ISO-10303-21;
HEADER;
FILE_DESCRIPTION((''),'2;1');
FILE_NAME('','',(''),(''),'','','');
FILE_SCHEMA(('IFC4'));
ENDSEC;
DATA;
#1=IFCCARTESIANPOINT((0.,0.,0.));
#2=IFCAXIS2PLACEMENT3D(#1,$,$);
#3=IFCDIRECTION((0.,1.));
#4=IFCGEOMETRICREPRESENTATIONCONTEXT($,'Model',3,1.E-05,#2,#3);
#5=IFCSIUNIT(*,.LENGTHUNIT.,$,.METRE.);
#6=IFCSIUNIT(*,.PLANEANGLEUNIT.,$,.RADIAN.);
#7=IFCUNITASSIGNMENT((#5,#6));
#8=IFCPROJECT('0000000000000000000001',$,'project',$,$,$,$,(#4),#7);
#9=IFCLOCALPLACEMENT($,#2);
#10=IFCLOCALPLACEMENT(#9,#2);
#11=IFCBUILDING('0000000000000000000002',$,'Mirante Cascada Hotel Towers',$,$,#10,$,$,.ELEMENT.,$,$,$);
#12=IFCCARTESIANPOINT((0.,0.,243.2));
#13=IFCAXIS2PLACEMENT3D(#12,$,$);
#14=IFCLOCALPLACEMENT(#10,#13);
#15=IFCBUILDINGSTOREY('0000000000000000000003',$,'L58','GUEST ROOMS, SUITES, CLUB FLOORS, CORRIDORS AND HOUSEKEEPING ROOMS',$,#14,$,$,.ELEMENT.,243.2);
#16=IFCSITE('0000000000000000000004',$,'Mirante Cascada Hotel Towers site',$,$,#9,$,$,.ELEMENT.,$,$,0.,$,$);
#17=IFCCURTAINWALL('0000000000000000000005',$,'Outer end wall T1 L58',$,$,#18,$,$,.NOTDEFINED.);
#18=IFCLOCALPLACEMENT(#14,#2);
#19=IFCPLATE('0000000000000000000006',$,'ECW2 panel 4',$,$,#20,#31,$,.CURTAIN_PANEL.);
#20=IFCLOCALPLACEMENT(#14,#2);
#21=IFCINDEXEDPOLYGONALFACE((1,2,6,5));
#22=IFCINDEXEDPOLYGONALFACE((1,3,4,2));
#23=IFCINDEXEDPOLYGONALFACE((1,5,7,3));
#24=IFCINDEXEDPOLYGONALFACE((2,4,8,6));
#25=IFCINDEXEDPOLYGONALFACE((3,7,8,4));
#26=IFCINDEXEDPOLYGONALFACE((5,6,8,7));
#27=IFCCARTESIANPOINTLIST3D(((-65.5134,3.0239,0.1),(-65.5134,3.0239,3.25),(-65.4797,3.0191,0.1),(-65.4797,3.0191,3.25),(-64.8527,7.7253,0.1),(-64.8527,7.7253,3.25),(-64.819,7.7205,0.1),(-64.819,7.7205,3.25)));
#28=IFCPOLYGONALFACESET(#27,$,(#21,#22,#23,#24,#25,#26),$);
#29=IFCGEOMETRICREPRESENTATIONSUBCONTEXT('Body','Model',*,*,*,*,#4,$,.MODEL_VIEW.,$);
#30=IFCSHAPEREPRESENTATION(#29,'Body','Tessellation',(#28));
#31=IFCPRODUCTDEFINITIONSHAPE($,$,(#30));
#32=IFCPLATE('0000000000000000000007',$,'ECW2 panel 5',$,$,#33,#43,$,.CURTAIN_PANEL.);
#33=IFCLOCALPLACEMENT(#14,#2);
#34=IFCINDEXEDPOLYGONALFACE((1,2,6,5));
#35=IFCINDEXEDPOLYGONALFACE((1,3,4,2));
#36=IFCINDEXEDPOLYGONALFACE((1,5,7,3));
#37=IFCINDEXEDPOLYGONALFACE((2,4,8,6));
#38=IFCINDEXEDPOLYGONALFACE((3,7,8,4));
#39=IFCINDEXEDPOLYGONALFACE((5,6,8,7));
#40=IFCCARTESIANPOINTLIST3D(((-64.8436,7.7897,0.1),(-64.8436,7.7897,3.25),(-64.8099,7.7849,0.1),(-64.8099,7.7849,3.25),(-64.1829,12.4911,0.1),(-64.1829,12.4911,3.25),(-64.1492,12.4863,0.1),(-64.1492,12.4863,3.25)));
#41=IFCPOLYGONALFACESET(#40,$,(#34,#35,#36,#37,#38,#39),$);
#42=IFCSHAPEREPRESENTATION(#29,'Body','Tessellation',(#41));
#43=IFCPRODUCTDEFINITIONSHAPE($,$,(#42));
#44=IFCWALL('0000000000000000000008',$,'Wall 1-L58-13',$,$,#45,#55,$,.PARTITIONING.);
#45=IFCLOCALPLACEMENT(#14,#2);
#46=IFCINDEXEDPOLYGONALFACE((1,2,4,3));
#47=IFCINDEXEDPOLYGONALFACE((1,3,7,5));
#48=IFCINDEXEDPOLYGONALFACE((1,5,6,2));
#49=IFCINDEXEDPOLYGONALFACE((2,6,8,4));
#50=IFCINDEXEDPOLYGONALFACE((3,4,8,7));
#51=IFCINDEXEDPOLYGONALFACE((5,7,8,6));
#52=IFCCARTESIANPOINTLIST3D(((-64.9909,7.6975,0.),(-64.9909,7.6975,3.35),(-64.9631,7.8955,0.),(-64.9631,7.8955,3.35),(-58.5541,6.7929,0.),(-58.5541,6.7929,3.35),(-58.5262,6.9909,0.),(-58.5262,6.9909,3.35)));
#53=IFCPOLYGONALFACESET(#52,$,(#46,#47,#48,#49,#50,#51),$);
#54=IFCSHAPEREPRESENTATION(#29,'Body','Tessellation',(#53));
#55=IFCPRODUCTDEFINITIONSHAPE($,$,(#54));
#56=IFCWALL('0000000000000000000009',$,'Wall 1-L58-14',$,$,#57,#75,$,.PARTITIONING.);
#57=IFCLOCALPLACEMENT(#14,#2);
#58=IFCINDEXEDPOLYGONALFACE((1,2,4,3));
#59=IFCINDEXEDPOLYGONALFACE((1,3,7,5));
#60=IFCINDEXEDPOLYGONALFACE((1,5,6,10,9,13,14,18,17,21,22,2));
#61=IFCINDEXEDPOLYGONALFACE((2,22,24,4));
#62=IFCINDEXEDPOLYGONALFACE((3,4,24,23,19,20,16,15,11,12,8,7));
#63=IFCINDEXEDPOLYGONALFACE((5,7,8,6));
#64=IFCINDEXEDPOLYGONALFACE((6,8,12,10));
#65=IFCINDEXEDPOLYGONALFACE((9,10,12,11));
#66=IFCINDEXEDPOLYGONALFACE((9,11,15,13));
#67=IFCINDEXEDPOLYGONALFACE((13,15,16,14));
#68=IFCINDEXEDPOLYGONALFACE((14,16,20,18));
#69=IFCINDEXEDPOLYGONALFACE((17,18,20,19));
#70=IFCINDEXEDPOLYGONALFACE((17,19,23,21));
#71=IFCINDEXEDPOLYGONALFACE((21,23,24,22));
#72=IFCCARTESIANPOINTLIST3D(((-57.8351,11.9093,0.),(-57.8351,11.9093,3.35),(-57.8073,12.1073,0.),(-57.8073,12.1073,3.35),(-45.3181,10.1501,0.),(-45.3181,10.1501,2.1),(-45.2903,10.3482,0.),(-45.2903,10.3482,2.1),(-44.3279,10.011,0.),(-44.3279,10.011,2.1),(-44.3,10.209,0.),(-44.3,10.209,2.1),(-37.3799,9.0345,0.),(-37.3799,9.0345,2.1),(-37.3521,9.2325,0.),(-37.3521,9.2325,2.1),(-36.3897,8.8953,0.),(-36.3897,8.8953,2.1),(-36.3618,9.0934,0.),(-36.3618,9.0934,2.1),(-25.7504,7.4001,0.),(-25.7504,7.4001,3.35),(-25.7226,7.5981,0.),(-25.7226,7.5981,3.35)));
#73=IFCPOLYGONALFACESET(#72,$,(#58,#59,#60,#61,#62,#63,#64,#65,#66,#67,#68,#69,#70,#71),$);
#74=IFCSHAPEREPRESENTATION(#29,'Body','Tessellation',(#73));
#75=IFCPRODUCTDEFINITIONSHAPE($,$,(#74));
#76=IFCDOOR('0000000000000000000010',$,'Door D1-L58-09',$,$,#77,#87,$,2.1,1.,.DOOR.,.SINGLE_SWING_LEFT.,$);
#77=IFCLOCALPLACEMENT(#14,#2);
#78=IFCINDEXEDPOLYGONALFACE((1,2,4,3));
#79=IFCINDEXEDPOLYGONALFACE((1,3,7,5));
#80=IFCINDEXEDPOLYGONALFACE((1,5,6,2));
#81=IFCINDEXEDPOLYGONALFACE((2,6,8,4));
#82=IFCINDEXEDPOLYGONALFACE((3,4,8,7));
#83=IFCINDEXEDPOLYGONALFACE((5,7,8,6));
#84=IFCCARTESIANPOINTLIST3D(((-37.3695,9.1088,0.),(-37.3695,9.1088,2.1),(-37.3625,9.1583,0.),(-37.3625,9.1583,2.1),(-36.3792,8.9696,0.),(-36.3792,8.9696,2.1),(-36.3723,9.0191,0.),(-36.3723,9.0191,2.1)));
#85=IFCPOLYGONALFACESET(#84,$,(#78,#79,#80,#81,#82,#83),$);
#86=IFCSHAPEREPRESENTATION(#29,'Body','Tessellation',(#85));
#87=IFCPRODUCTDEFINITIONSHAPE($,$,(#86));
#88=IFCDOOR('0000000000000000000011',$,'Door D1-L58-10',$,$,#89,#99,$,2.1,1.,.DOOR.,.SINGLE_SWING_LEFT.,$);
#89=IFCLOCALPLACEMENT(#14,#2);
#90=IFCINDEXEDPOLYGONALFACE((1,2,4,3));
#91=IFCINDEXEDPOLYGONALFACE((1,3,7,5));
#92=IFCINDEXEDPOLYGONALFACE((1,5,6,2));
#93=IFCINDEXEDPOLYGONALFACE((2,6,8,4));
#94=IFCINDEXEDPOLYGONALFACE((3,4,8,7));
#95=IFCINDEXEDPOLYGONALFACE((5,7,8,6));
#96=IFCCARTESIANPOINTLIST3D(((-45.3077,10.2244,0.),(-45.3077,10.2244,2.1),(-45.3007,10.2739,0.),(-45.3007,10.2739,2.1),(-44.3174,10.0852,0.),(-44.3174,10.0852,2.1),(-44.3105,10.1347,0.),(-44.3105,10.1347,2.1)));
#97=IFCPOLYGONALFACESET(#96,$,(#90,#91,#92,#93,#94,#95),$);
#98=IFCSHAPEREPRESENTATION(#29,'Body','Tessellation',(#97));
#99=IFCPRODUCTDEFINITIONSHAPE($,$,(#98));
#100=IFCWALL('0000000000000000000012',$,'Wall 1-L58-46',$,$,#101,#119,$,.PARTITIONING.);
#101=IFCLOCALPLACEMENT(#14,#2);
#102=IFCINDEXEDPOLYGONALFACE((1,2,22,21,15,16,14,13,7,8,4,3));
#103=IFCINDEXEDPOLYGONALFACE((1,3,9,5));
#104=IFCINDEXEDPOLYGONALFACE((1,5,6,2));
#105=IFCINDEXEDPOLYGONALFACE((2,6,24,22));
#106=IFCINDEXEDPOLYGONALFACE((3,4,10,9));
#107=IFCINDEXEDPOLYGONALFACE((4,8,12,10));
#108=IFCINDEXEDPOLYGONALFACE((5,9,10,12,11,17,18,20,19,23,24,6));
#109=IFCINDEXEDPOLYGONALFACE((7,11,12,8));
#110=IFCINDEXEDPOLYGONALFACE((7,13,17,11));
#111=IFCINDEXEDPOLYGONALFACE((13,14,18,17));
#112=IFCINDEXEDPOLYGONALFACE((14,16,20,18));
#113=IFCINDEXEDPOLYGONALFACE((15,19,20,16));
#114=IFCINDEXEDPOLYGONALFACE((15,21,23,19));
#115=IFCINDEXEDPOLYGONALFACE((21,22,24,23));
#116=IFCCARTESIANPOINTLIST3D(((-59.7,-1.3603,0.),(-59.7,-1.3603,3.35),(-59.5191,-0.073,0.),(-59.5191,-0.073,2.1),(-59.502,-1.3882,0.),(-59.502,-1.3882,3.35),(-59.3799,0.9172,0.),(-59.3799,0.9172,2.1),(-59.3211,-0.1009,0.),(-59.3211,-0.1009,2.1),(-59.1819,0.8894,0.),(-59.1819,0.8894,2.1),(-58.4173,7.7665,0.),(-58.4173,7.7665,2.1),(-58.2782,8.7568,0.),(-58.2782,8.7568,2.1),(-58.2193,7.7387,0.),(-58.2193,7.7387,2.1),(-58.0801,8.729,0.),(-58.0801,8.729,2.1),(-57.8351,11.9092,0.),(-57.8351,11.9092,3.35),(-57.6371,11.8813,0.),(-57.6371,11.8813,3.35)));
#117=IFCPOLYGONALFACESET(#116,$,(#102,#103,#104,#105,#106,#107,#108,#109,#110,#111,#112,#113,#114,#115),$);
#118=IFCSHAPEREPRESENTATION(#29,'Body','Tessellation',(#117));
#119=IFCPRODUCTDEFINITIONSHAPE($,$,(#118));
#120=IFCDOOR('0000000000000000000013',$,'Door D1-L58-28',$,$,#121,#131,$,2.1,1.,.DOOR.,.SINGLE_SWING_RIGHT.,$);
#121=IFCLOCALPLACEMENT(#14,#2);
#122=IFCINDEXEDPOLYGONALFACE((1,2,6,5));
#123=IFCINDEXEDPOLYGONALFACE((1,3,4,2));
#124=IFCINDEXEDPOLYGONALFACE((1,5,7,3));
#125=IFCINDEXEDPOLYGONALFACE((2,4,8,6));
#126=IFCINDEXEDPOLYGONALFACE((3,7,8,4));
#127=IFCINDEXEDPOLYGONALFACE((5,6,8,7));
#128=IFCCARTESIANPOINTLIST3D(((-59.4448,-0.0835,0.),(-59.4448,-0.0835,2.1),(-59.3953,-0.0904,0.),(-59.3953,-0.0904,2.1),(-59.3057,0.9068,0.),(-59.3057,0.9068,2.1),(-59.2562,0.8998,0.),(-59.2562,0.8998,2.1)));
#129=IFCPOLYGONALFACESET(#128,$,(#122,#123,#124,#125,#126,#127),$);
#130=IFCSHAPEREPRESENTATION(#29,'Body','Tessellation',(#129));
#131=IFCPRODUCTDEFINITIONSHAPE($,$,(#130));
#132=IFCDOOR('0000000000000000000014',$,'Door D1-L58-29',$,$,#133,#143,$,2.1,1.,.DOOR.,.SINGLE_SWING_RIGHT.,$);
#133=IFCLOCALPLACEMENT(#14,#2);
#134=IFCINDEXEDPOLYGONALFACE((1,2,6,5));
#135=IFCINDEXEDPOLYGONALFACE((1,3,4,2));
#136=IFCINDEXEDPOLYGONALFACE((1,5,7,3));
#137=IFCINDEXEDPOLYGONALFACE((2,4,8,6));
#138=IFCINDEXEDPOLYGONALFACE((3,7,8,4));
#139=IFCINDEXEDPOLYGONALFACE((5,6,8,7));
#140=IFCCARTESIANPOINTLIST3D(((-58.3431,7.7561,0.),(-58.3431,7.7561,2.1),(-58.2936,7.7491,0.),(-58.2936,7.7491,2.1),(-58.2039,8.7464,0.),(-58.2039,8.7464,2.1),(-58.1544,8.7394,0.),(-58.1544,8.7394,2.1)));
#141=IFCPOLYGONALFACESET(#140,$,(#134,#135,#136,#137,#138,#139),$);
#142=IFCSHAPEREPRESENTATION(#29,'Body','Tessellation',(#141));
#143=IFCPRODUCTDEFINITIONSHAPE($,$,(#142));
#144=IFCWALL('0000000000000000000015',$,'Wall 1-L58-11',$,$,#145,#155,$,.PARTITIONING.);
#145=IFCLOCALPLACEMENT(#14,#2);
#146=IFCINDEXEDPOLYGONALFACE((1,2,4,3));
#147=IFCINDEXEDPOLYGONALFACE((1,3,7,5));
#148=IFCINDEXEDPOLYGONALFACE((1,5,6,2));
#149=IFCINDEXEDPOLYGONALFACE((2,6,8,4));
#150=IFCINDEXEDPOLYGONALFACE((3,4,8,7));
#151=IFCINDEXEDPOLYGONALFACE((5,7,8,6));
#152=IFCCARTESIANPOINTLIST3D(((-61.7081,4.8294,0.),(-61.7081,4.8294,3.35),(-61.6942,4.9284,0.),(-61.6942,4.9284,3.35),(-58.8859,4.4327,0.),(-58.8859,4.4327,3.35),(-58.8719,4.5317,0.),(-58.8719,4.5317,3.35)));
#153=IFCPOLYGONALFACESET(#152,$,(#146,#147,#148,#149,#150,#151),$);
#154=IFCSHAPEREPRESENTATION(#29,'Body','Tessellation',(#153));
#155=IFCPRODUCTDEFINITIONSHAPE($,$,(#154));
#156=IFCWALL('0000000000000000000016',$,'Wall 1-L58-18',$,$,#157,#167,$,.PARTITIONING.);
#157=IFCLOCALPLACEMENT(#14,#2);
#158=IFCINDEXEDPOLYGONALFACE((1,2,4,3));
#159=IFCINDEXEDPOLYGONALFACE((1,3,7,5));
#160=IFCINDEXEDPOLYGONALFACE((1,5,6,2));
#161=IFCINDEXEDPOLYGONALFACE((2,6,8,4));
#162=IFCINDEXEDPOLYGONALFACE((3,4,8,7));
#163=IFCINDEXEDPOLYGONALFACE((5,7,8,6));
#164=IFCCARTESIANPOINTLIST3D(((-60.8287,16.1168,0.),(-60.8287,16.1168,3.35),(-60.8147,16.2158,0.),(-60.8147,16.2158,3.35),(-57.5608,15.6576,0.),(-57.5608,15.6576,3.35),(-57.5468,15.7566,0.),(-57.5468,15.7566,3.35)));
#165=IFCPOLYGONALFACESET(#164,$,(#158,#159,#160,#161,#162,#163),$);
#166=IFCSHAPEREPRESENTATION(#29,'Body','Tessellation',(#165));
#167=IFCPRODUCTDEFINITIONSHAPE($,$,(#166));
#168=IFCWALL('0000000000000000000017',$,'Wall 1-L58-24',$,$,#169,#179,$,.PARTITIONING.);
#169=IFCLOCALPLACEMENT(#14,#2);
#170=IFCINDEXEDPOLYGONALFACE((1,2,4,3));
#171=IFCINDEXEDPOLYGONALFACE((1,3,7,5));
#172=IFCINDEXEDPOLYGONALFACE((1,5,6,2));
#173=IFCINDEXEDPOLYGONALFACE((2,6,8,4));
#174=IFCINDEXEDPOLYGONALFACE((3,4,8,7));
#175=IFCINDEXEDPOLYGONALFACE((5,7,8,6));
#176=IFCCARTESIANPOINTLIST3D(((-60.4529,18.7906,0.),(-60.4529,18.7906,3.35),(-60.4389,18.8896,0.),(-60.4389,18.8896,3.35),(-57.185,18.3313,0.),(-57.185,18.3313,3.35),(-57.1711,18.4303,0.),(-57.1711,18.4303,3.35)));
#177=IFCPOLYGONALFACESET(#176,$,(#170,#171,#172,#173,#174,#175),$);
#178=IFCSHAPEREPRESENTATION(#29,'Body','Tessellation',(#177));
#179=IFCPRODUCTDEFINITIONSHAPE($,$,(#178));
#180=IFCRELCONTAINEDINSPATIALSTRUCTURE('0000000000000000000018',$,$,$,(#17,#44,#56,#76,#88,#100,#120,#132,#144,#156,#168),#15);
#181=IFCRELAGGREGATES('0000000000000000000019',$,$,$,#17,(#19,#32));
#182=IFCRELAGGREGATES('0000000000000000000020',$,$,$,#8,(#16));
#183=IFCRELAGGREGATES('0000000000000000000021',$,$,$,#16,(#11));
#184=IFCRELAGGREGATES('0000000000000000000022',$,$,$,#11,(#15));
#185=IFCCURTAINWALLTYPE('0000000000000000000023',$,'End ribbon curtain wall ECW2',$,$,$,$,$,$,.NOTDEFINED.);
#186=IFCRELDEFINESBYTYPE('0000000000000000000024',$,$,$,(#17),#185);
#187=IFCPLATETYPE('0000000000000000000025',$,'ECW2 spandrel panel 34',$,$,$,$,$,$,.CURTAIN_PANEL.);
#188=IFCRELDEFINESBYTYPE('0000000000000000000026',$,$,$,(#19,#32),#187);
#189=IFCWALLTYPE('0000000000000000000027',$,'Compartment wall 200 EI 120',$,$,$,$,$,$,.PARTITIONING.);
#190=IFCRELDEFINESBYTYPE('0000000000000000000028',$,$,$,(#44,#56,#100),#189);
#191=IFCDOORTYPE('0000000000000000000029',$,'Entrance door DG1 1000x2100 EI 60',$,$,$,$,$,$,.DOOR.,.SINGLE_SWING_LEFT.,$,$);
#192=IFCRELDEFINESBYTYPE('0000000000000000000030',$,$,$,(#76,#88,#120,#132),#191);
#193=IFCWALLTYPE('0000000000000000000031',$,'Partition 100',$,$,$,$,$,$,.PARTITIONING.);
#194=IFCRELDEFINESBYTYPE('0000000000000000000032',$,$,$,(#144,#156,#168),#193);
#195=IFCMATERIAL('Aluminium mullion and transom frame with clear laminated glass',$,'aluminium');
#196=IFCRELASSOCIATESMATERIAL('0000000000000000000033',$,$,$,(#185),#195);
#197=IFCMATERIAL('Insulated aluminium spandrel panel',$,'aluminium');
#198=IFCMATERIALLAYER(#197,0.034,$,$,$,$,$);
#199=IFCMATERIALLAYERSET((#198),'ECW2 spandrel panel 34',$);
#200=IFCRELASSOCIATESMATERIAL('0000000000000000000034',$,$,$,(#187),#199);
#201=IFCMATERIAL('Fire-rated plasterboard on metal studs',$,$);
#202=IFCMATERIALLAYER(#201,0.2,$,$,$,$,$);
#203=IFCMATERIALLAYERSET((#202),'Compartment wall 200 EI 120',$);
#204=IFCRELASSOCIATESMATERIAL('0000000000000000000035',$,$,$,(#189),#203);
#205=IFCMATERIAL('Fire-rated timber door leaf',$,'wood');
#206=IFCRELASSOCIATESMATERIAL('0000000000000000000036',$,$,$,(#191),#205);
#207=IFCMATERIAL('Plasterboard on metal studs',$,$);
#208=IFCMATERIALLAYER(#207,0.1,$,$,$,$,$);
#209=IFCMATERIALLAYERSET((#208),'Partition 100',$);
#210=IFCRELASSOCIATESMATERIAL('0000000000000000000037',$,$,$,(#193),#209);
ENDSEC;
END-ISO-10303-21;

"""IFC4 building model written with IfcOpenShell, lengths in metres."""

from ifc_helpers import new_model, si_unit, direction, frame, frame_2d, origin, origin_2d, place, context, subcontext, project, spatial, rectangle, extrude, material, layer, layer_set, type_object, element, fill, aggregate, save


model = new_model("IFC4")

# Units and contexts
model_context = context("Model", 3, precision=1e-05, world=origin(), true_north=direction((0.0, 1.0)))
body_context = subcontext(model_context, "Body", "Model", "MODEL_VIEW")
ifc_project = project(units=[si_unit("LENGTHUNIT", "METRE"), si_unit("PLANEANGLEUNIT", "RADIAN")], contexts=[model_context])

# Site, building, storey
site_placement = place(None, origin())
site = spatial("IfcSite", under=ifc_project, at=site_placement, Name="Mirante Cascada Hotel Towers site", CompositionType="ELEMENT", RefElevation=0.0)
building_placement = place(site_placement, origin())
building = spatial("IfcBuilding", under=site, at=building_placement, Name="Mirante Cascada Hotel Towers", CompositionType="ELEMENT")
storey_placement = place(building_placement, frame((0.0, 0.0, 243.2)))
storey = spatial("IfcBuildingStorey", under=building, at=storey_placement, Name="L58", Description="GUEST ROOMS, SUITES, CLUB FLOORS, CORRIDORS AND HOUSEKEEPING ROOMS", CompositionType="ELEMENT", Elevation=243.2)

# Curtain wall
ifc_material_1 = material(Name="Aluminium mullion and transom frame with clear laminated glass", Category="aluminium")
curtain_wall_type_1 = type_object("IfcCurtainWallType", Name="End ribbon curtain wall ECW2", PredefinedType="NOTDEFINED", material=ifc_material_1)
curtain_wall_1_placement = place(storey_placement, origin())
curtain_wall_1 = element("IfcCurtainWall", 1, at=curtain_wall_1_placement, inside=storey, type_object=curtain_wall_type_1, Name="Outer end wall T1 L58", PredefinedType="NOTDEFINED")

# Plates
ifc_material_2 = material(Name="Insulated aluminium spandrel panel", Category="aluminium")
ifc_layer_1 = layer(ifc_material_2, 0.034)
ifc_layer_set_1 = layer_set([ifc_layer_1], Name="ECW2 spandrel panel 34")
plate_type_1 = type_object("IfcPlateType", Name="ECW2 spandrel panel 34", PredefinedType="CURTAIN_PANEL", material=ifc_layer_set_1)
plate_1_placement = place(storey_placement, frame((-65.1662, 5.3722, 0.1), z_axis=(0.0, 0.0, 1.0), x_axis=(0.139173, 0.990268, 0.0)))
plate_1 = element("IfcPlate", 2, at=plate_1_placement, type_object=plate_type_1, Name="ECW2 panel 4", PredefinedType="CURTAIN_PANEL", context=body_context, shape_type="SweptSolid", body=[
    extrude(rectangle(XDim=4.7476, YDim=0.034, at=origin_2d()), origin(), (0.0, 0.0, 1.0), 3.15),
])
plate_2_placement = place(storey_placement, frame((-64.4964, 10.138, 0.1), z_axis=(0.0, 0.0, 1.0), x_axis=(0.139173, 0.990268, 0.0)))
plate_2 = element("IfcPlate", 3, at=plate_2_placement, type_object=plate_type_1, Name="ECW2 panel 5", PredefinedType="CURTAIN_PANEL", context=body_context, shape_type="SweptSolid", body=[
    extrude(rectangle(XDim=4.7476, YDim=0.034, at=origin_2d()), origin(), (0.0, 0.0, 1.0), 3.15),
])
aggregate(curtain_wall_1, [plate_1, plate_2])

# Wall
ifc_material_3 = material(Name="Fire-rated plasterboard on metal studs")
ifc_layer_2 = layer(ifc_material_3, 0.2)
ifc_layer_set_2 = layer_set([ifc_layer_2], Name="Compartment wall 200 EI 120")
wall_type_1 = type_object("IfcWallType", Name="Compartment wall 200 EI 120", PredefinedType="PARTITIONING", material=ifc_layer_set_2)
wall_1_placement = place(storey_placement, frame((-58.5402, 6.8919, 0.0), z_axis=(0.0, 0.0, 1.0), x_axis=(-0.990269, 0.139168, 0.0)))
element("IfcWall", 4, at=wall_1_placement, inside=storey, type_object=wall_type_1, Name="Wall 1-L58-13", PredefinedType="PARTITIONING", context=body_context, shape_type="SweptSolid", body=[
    extrude(rectangle(XDim=6.5001, YDim=0.2, at=frame_2d((3.25, 0.0))), origin(), (0.0, 0.0, 1.0), 3.35),
])

# Walls, openings, doors
wall_2_placement = place(storey_placement, frame((-57.8212, 12.0083, 0.0), z_axis=(0.0, 0.0, 1.0), x_axis=(0.990268, -0.139173, 0.0)))
wall_2 = element("IfcWall", 5, at=wall_2_placement, inside=storey, type_object=wall_type_1, Name="Wall 1-L58-14", PredefinedType="PARTITIONING", context=body_context, shape_type="SweptSolid", body=[
    extrude(rectangle(XDim=32.4, YDim=0.2, at=frame_2d((16.2, 0.0))), origin(), (0.0, 0.0, 1.0), 3.35),
])
opening_1_placement = place(wall_2_placement, frame((20.6562, 0.0, 0.0)))
opening_1 = element("IfcOpeningElement", 6, at=opening_1_placement, cuts=wall_2, PredefinedType="OPENING", context=body_context, shape_type="SweptSolid", body=[
    extrude(rectangle(XDim=1.0, YDim=2.1, at=frame_2d((0.5, 1.05))), frame((0.0, 0.1, 0.0), z_axis=(0.0, -1.0, 0.0), x_axis=(1.0, 0.0, 0.0)), (0.0, 0.0, 1.0), 0.2),
])
opening_2_placement = place(wall_2_placement, frame((12.64, 0.0, 0.0)))
opening_2 = element("IfcOpeningElement", 7, at=opening_2_placement, cuts=wall_2, PredefinedType="OPENING", context=body_context, shape_type="SweptSolid", body=[
    extrude(rectangle(XDim=1.0, YDim=2.1, at=frame_2d((0.5, 1.05))), frame((0.0, 0.1, 0.0), z_axis=(0.0, -1.0, 0.0), x_axis=(1.0, 0.0, 0.0)), (0.0, 0.0, 1.0), 0.2),
])
ifc_material_4 = material(Name="Fire-rated timber door leaf", Category="wood")
door_type_1 = type_object("IfcDoorType", Name="Entrance door DG1 1000x2100 EI 60", OperationType="SINGLE_SWING_LEFT", PredefinedType="DOOR", material=ifc_material_4)
door_1_placement = place(opening_1_placement, origin())
door_1 = element("IfcDoor", 8, at=door_1_placement, inside=storey, type_object=door_type_1, Name="Door D1-L58-09", OperationType="SINGLE_SWING_LEFT", OverallHeight=2.1, OverallWidth=1.0, PredefinedType="DOOR", context=body_context, shape_type="SweptSolid", body=[
    extrude(rectangle(XDim=1.0, YDim=2.1, at=frame_2d((0.5, 1.05))), frame((0.0, 0.025, 0.0), z_axis=(0.0, -1.0, 0.0), x_axis=(1.0, 0.0, 0.0)), (0.0, 0.0, 1.0), 0.05),
])
fill(opening_1, door_1)
door_2_placement = place(opening_2_placement, origin())
door_2 = element("IfcDoor", 9, at=door_2_placement, inside=storey, type_object=door_type_1, Name="Door D1-L58-10", OperationType="SINGLE_SWING_LEFT", OverallHeight=2.1, OverallWidth=1.0, PredefinedType="DOOR", context=body_context, shape_type="SweptSolid", body=[
    extrude(rectangle(XDim=1.0, YDim=2.1, at=frame_2d((0.5, 1.05))), frame((0.0, 0.025, 0.0), z_axis=(0.0, -1.0, 0.0), x_axis=(1.0, 0.0, 0.0)), (0.0, 0.0, 1.0), 0.05),
])
fill(opening_2, door_2)
wall_3_placement = place(storey_placement, frame((-57.7361, 11.8953, 0.0), z_axis=(0.0, 0.0, 1.0), x_axis=(-0.139173, -0.990268, 0.0)))
wall_3 = element("IfcWall", 10, at=wall_3_placement, inside=storey, type_object=wall_type_1, Name="Wall 1-L58-46", PredefinedType="PARTITIONING", context=body_context, shape_type="SweptSolid", body=[
    extrude(rectangle(XDim=13.3999, YDim=0.2, at=frame_2d((6.7, 0.0))), origin(), (0.0, 0.0, 1.0), 3.35),
])
opening_3_placement = place(wall_3_placement, frame((11.1, 0.0, 0.0)))
opening_3 = element("IfcOpeningElement", 11, at=opening_3_placement, cuts=wall_3, PredefinedType="OPENING", context=body_context, shape_type="SweptSolid", body=[
    extrude(rectangle(XDim=1.0, YDim=2.1, at=frame_2d((0.5, 1.05))), frame((0.0, 0.1, 0.0), z_axis=(0.0, -1.0, 0.0), x_axis=(1.0, 0.0, 0.0)), (0.0, 0.0, 1.0), 0.2),
])
opening_4_placement = place(wall_3_placement, frame((3.1834, 0.0, 0.0)))
opening_4 = element("IfcOpeningElement", 12, at=opening_4_placement, cuts=wall_3, PredefinedType="OPENING", context=body_context, shape_type="SweptSolid", body=[
    extrude(rectangle(XDim=1.0, YDim=2.1, at=frame_2d((0.5, 1.05))), frame((0.0, 0.1, 0.0), z_axis=(0.0, -1.0, 0.0), x_axis=(1.0, 0.0, 0.0)), (0.0, 0.0, 1.0), 0.2),
])
door_3_placement = place(opening_3_placement, frame((1.0, 0.0, 0.0), z_axis=(0.0, 0.0, 1.0), x_axis=(-1.0, 0.0, 0.0)))
door_3 = element("IfcDoor", 13, at=door_3_placement, inside=storey, type_object=door_type_1, Name="Door D1-L58-28", OperationType="SINGLE_SWING_RIGHT", OverallHeight=2.1, OverallWidth=1.0, PredefinedType="DOOR", context=body_context, shape_type="SweptSolid", body=[
    extrude(rectangle(XDim=1.0, YDim=2.1, at=frame_2d((0.5, 1.05))), frame((0.0, 0.025, 0.0), z_axis=(0.0, -1.0, 0.0), x_axis=(1.0, 0.0, 0.0)), (0.0, 0.0, 1.0), 0.05),
])
fill(opening_3, door_3)
door_4_placement = place(opening_4_placement, frame((1.0, 0.0, 0.0), z_axis=(0.0, 0.0, 1.0), x_axis=(-1.0, 0.0, 0.0)))
door_4 = element("IfcDoor", 14, at=door_4_placement, inside=storey, type_object=door_type_1, Name="Door D1-L58-29", OperationType="SINGLE_SWING_RIGHT", OverallHeight=2.1, OverallWidth=1.0, PredefinedType="DOOR", context=body_context, shape_type="SweptSolid", body=[
    extrude(rectangle(XDim=1.0, YDim=2.1, at=frame_2d((0.5, 1.05))), frame((0.0, 0.025, 0.0), z_axis=(0.0, -1.0, 0.0), x_axis=(1.0, 0.0, 0.0)), (0.0, 0.0, 1.0), 0.05),
])
fill(opening_4, door_4)

# Walls
ifc_material_5 = material(Name="Plasterboard on metal studs")
ifc_layer_3 = layer(ifc_material_5, 0.1)
ifc_layer_set_3 = layer_set([ifc_layer_3], Name="Partition 100")
wall_type_2 = type_object("IfcWallType", Name="Partition 100", PredefinedType="PARTITIONING", material=ifc_layer_set_3)
wall_4_placement = place(storey_placement, frame((-58.8789, 4.4822, 0.0), z_axis=(0.0, 0.0, 1.0), x_axis=(-0.990266, 0.139191, 0.0)))
element("IfcWall", 15, at=wall_4_placement, inside=storey, type_object=wall_type_2, Name="Wall 1-L58-11", PredefinedType="PARTITIONING", context=body_context, shape_type="SweptSolid", body=[
    extrude(rectangle(XDim=2.85, YDim=0.1, at=frame_2d((1.425, 0.0))), origin(), (0.0, 0.0, 1.0), 3.35),
])
for number, where, z_axis, x_axis, name in (
    (16, (-60.8217, 16.1663, 0.0), (0.0, 0.0, 1.0), (0.990271, -0.139151, 0.0), "Wall 1-L58-18"),
    (17, (-60.4459, 18.8401, 0.0), (0.0, 0.0, 1.0), (0.990267, -0.139181, 0.0), "Wall 1-L58-24"),
):
    element("IfcWall", number, at=place(storey_placement, frame(where, z_axis=z_axis, x_axis=x_axis)), inside=storey, type_object=wall_type_2, Name=name, PredefinedType="PARTITIONING", context=body_context, shape_type="SweptSolid", body=[
        extrude(rectangle(XDim=3.3, YDim=0.1, at=frame_2d((1.65, 0.0))), origin(), (0.0, 0.0, 1.0), 3.35),
    ])

save(model, "model.ifc")
